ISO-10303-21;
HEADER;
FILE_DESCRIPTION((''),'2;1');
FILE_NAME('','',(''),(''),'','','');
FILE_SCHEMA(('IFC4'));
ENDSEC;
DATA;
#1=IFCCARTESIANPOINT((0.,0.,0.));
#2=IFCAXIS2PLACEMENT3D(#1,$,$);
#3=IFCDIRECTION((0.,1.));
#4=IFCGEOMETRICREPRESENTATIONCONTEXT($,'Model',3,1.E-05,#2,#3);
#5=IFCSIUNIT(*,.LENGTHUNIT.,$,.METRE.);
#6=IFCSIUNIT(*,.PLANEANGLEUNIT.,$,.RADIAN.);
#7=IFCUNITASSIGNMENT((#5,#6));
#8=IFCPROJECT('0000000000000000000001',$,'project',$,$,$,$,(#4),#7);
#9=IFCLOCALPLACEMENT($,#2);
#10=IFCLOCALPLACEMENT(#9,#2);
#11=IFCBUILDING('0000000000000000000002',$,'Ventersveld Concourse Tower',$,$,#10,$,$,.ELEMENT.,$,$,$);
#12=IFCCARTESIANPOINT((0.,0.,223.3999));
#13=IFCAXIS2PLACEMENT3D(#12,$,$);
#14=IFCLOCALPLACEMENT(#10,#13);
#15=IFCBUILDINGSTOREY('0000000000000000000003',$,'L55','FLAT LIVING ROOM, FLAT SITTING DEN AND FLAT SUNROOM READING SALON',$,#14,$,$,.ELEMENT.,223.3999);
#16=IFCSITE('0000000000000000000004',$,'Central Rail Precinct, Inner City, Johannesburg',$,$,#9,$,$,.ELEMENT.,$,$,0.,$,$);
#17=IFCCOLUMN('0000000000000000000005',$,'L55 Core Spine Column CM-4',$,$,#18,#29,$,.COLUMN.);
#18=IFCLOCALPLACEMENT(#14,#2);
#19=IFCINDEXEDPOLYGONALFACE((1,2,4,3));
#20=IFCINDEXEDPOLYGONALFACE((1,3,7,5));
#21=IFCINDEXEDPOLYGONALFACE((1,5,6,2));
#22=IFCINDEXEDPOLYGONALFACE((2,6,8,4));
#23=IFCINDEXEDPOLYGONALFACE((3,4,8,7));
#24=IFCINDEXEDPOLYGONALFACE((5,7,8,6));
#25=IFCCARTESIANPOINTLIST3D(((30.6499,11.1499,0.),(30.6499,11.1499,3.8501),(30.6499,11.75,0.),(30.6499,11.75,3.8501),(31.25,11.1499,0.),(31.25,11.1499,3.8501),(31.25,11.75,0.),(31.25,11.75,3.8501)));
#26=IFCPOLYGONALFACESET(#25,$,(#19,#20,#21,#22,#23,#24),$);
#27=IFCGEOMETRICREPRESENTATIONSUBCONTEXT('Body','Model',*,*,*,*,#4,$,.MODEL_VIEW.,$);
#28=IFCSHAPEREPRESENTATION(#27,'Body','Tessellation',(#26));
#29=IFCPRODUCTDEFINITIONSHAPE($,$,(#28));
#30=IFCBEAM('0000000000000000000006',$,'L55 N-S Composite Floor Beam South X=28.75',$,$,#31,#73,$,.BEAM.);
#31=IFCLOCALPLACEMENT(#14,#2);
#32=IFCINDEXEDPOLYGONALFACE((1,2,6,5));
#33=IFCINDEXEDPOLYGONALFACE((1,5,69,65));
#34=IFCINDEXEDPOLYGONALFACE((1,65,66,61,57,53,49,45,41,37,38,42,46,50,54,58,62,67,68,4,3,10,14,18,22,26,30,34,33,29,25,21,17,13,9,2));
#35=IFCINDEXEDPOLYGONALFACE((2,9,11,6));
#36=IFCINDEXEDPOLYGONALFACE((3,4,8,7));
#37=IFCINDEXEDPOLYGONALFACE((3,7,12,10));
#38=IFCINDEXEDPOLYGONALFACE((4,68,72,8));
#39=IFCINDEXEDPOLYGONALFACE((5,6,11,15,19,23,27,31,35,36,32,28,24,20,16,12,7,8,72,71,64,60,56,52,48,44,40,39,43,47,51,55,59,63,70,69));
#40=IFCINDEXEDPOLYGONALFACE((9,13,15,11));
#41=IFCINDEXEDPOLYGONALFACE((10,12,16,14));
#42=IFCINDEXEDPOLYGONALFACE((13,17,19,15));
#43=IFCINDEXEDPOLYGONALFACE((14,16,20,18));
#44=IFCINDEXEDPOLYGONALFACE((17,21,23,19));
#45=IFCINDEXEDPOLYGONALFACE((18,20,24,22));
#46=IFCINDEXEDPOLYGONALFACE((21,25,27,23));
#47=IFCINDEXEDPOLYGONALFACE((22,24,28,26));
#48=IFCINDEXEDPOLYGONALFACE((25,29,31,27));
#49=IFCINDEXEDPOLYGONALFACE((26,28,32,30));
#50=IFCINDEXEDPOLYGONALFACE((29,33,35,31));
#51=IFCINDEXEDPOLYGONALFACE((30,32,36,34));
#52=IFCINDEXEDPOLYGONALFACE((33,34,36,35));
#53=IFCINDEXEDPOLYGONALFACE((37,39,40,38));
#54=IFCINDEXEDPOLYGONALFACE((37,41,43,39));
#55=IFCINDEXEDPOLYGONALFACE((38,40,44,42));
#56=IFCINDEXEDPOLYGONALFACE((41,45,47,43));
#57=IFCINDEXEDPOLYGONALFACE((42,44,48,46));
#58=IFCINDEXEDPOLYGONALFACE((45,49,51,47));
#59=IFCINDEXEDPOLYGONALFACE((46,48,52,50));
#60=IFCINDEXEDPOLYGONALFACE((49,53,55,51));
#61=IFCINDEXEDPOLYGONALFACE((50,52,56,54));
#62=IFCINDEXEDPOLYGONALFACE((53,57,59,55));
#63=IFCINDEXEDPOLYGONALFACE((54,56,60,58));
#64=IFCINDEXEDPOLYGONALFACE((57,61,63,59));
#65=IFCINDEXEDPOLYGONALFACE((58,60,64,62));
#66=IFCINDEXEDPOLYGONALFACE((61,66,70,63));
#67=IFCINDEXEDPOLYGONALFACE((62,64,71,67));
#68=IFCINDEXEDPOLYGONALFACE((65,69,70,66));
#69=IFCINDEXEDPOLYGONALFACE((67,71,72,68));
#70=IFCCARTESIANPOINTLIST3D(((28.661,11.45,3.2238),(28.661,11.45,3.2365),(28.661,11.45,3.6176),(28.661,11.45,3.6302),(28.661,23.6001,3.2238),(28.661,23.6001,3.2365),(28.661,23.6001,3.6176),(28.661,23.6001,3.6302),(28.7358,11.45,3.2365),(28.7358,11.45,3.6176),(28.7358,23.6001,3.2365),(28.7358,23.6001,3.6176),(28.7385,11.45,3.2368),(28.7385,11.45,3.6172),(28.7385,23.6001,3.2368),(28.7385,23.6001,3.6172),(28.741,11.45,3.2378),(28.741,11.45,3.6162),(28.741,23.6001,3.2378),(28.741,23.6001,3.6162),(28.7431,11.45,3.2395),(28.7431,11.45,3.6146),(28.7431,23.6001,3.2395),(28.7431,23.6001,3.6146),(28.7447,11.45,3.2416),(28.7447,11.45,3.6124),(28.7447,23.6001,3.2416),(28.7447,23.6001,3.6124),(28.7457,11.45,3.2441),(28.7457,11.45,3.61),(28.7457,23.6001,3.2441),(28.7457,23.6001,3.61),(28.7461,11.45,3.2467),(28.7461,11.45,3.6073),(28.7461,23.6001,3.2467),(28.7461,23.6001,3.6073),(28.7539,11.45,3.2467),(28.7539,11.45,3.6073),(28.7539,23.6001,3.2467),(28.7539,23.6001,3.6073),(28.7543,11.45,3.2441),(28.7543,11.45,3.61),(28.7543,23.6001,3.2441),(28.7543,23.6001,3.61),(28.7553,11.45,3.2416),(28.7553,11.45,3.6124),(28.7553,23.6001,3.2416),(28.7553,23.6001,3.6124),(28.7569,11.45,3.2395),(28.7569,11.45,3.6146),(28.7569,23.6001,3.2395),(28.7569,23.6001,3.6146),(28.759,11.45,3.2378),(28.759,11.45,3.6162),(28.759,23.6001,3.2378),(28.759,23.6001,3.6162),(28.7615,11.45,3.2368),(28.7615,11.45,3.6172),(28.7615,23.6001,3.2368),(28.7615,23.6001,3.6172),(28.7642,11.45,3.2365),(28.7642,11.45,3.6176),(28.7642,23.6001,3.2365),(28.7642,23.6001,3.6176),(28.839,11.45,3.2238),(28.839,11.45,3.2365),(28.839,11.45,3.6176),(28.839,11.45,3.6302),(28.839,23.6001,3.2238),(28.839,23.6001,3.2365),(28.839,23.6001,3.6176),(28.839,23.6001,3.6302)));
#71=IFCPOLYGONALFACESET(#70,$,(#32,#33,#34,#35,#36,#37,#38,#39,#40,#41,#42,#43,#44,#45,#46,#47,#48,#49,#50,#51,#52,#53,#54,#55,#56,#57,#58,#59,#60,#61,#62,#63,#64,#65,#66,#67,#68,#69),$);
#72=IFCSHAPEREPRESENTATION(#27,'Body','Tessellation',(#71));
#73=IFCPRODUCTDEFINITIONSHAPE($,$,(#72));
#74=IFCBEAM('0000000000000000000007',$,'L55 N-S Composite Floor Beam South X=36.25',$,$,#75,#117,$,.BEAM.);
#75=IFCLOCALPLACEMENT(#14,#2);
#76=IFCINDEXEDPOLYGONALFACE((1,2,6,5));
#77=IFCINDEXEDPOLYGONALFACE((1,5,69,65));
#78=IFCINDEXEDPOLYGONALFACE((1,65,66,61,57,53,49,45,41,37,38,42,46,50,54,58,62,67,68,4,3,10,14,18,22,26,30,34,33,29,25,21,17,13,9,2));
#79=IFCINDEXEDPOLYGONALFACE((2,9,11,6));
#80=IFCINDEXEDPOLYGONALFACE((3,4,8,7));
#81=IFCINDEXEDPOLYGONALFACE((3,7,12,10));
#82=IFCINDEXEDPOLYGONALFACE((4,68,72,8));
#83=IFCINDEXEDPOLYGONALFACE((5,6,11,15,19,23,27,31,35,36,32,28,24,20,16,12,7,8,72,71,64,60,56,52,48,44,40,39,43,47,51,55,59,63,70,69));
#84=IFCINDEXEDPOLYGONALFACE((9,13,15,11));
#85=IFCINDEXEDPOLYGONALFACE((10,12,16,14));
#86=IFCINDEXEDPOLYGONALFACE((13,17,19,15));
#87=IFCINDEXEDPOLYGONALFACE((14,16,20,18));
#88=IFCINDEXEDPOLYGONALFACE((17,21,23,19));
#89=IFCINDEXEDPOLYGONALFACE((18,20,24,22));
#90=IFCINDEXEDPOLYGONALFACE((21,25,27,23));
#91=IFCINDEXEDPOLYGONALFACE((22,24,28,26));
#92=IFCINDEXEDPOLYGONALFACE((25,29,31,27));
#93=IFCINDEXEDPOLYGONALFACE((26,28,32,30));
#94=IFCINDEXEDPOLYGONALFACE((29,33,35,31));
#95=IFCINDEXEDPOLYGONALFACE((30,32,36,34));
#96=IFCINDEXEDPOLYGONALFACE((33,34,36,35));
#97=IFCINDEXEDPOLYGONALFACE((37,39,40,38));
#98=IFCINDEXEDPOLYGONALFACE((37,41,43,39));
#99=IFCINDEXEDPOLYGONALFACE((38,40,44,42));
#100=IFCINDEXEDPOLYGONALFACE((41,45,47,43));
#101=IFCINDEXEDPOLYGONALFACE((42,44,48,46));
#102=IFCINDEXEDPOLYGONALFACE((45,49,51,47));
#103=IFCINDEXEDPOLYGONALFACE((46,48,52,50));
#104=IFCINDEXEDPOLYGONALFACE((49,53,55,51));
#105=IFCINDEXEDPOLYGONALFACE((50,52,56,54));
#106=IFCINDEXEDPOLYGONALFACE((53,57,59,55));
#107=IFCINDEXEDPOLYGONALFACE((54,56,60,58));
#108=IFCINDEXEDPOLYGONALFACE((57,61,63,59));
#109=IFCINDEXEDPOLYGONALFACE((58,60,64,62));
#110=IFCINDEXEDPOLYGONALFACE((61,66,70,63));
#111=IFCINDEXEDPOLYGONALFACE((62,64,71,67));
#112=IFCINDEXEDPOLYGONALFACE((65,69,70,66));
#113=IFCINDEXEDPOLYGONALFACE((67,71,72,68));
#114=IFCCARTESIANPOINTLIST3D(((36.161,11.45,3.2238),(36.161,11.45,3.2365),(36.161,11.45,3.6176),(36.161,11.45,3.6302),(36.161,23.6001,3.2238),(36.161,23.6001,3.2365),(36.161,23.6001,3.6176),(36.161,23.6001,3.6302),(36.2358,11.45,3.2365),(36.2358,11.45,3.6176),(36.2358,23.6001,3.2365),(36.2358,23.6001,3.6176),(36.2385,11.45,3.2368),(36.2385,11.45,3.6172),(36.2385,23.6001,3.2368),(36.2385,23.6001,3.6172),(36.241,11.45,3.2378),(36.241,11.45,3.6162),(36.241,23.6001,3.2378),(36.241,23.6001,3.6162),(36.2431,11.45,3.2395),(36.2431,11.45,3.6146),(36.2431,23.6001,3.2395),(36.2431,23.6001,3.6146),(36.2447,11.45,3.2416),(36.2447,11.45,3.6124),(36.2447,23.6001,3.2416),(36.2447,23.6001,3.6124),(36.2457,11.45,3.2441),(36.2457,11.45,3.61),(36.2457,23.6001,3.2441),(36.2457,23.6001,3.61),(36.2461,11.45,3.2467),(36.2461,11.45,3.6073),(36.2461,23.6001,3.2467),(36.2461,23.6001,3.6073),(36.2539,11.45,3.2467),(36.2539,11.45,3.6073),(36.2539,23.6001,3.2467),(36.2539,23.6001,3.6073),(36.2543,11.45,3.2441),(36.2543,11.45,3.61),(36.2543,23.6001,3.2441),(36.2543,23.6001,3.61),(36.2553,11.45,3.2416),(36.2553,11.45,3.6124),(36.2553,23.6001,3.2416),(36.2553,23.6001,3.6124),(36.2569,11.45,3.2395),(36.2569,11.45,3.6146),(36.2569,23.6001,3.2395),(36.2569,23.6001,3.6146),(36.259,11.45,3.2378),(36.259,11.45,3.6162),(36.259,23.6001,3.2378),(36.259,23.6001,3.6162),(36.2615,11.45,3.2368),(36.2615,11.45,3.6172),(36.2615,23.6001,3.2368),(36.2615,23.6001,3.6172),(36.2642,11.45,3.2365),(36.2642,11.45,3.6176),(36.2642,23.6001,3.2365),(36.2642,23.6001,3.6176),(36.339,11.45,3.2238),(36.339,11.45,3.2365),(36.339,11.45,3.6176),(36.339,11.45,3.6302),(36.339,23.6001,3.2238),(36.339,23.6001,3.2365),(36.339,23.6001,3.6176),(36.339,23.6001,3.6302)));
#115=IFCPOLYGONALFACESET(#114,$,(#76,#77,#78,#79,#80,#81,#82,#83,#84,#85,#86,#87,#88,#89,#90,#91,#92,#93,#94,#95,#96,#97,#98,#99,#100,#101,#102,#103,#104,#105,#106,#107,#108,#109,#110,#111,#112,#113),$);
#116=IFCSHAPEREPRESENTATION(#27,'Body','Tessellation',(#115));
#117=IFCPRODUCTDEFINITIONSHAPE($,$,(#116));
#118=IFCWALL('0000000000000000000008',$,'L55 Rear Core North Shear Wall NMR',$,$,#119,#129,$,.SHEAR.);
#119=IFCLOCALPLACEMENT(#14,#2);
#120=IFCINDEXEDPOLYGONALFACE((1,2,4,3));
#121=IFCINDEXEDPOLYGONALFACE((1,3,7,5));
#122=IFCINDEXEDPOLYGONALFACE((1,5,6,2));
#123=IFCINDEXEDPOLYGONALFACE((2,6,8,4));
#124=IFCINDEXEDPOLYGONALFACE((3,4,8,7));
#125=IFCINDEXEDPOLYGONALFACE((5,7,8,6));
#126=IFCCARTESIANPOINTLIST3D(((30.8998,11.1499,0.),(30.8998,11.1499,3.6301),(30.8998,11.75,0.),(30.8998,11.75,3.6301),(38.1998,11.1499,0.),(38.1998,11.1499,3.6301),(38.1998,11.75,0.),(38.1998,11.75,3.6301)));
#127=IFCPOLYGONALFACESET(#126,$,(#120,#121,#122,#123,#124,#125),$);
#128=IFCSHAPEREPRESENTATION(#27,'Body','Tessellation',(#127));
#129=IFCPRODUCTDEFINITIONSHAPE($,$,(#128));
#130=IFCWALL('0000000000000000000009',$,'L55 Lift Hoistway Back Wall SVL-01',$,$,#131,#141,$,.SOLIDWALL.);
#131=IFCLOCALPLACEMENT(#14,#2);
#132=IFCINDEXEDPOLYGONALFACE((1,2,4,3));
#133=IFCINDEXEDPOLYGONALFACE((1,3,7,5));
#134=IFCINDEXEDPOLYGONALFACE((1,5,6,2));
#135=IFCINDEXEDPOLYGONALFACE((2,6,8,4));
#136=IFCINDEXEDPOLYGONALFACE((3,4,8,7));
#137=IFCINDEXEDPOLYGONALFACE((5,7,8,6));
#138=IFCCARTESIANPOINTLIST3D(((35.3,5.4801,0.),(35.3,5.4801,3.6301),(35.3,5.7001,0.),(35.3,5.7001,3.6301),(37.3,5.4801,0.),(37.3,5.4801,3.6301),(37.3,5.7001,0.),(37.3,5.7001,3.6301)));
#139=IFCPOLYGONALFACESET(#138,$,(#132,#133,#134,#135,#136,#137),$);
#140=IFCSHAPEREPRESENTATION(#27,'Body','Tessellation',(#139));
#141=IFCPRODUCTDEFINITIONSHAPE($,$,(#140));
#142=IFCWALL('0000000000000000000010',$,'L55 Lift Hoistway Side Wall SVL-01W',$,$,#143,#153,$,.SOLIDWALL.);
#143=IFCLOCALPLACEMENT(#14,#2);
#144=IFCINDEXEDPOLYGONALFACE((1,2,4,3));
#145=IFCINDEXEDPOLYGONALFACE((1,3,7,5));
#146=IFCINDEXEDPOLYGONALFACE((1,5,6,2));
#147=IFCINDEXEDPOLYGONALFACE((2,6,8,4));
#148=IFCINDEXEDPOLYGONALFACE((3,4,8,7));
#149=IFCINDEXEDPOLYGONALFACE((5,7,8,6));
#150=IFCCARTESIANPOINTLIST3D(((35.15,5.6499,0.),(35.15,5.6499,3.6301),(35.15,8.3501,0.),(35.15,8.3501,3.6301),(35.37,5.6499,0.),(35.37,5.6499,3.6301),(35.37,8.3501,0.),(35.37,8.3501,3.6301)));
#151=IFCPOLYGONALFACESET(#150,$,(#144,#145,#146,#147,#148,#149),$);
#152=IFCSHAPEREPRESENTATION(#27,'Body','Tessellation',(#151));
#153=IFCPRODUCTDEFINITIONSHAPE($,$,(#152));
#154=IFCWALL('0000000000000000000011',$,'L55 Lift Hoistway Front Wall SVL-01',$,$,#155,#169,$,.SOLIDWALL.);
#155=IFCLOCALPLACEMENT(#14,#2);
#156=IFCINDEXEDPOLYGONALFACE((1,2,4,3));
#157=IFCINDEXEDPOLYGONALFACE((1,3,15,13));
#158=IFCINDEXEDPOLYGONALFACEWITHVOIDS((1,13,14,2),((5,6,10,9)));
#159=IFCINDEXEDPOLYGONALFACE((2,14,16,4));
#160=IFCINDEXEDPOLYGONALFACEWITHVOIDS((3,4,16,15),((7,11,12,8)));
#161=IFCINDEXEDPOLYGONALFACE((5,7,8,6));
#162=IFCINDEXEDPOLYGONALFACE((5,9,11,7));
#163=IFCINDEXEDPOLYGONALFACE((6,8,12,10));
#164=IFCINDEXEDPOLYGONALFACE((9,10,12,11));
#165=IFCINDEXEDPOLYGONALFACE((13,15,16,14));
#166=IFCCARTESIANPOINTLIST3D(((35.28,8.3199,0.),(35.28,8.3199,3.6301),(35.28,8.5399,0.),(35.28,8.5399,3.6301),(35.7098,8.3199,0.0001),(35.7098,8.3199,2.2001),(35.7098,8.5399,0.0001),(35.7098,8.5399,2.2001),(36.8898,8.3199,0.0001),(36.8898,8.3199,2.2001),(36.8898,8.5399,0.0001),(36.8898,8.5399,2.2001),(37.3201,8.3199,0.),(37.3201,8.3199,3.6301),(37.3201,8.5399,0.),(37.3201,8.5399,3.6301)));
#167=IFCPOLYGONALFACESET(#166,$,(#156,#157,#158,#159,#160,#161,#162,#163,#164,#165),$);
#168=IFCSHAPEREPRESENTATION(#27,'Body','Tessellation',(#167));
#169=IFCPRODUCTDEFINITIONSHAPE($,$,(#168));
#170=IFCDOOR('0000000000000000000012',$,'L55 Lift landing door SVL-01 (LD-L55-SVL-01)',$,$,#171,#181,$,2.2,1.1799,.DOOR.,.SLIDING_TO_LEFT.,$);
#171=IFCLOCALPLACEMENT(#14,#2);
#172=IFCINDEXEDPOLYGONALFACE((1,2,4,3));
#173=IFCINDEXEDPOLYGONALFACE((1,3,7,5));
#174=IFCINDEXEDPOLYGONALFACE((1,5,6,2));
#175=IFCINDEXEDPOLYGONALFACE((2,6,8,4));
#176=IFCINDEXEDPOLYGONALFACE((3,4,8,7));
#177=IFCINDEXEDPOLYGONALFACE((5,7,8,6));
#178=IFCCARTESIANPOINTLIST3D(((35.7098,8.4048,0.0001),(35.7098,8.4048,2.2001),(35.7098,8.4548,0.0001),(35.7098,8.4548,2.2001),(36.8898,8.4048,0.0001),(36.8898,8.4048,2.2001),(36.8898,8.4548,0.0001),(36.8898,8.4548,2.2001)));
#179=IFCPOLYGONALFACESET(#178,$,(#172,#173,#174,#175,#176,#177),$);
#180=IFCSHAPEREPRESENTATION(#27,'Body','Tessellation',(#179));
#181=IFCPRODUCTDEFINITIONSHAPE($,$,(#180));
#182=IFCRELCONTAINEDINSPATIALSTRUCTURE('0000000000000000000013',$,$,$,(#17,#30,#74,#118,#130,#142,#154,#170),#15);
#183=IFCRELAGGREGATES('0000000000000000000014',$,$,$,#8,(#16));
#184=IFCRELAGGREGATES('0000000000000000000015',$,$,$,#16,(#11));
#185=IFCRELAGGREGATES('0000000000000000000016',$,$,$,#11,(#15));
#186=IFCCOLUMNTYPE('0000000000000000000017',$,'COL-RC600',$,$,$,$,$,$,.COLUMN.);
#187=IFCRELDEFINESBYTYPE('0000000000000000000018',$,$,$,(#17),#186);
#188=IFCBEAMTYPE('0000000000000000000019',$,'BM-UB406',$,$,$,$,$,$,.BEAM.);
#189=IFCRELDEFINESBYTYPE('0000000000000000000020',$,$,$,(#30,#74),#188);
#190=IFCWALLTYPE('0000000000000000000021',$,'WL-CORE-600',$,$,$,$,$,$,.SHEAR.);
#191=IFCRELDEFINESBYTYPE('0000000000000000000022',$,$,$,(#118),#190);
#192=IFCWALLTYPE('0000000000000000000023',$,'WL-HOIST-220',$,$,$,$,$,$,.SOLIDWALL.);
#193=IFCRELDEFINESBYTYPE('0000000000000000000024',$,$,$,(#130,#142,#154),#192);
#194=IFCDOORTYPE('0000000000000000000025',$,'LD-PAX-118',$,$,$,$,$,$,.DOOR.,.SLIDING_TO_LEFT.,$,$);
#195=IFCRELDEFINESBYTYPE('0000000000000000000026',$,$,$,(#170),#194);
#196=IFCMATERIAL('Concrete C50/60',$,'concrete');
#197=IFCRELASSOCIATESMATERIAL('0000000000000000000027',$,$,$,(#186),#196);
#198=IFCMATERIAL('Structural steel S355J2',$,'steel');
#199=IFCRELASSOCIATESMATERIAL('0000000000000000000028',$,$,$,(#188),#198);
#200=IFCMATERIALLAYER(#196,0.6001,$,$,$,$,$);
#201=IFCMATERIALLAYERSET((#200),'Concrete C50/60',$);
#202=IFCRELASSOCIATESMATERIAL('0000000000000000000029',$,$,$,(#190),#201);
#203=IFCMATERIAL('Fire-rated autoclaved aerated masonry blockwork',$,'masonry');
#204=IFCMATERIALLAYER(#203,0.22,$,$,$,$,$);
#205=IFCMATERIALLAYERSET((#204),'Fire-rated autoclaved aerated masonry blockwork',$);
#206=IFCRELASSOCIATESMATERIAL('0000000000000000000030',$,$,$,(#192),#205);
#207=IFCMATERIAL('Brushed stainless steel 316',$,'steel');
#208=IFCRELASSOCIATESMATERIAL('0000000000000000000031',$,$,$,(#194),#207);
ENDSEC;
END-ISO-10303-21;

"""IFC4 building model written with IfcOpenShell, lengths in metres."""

from ifc_helpers import new_model, si_unit, direction, frame, frame_2d, origin, origin_2d, place, context, subcontext, project, spatial, rectangle, i_section, extrude, material, layer, layer_set, material_profile, profile_set, type_object, element, fill, save


model = new_model("IFC4")

# Units and contexts
model_context = context("Model", 3, precision=1e-05, world=origin(), true_north=direction((0.0, 1.0)))
body_context = subcontext(model_context, "Body", "Model", "MODEL_VIEW")
ifc_project = project(units=[si_unit("LENGTHUNIT", "METRE"), si_unit("PLANEANGLEUNIT", "RADIAN")], contexts=[model_context])

# Site, building, storey
site_placement = place(None, origin())
site = spatial("IfcSite", under=ifc_project, at=site_placement, Name="Central Rail Precinct, Inner City, Johannesburg", CompositionType="ELEMENT", RefElevation=0.0)
building_placement = place(site_placement, origin())
building = spatial("IfcBuilding", under=site, at=building_placement, Name="Ventersveld Concourse Tower", CompositionType="ELEMENT")
storey_placement = place(building_placement, frame((0.0, 0.0, 223.3999)))
storey = spatial("IfcBuildingStorey", under=building, at=storey_placement, Name="L55", Description="FLAT LIVING ROOM, FLAT SITTING DEN AND FLAT SUNROOM READING SALON", CompositionType="ELEMENT", Elevation=223.3999)

# Column
ifc_material_1 = material(Name="Concrete C50/60", Category="concrete")
ifc_material_profile_1 = material_profile(ifc_material_1, rectangle(XDim=0.6001, YDim=0.6001, at=origin_2d()), Name="RC 600x600")
ifc_profile_set_1 = profile_set([ifc_material_profile_1], Name="Concrete C50/60")
column_type = type_object("IfcColumnType", Name="COL-RC600", PredefinedType="COLUMN", material=ifc_profile_set_1)
column_placement = place(storey_placement, frame((30.95, 11.45, 0.0), z_axis=(0.0, 0.0, 1.0), x_axis=(1.0, 0.0, 0.0)))
element("IfcColumn", 1, at=column_placement, inside=storey, type_object=column_type, Name="L55 Core Spine Column CM-4", PredefinedType="COLUMN", context=body_context, shape_type="SweptSolid", body=[
    extrude(rectangle(XDim=0.6001, YDim=0.6001, at=origin_2d()), origin(), (0.0, 0.0, 1.0), 3.8501),
])

# Beams
ifc_material_2 = material(Name="Structural steel S355J2", Category="steel")
ifc_material_profile_2 = material_profile(ifc_material_2, i_section(OverallWidth=0.178, OverallDepth=0.4065, WebThickness=0.0078, FlangeThickness=0.0127, FilletRadius=0.0103, at=origin_2d()), Name="UB 406x178x60")
ifc_profile_set_2 = profile_set([ifc_material_profile_2], Name="Structural steel S355J2")
beam_type = type_object("IfcBeamType", Name="BM-UB406", PredefinedType="BEAM", material=ifc_profile_set_2)
for number, where, z_axis, x_axis, name in (
    (2, (28.75, 11.45, 3.427), (0.0, 1.0, 0.0), (-1.0, 0.0, 0.0), "L55 N-S Composite Floor Beam South X=28.75"),
    (3, (36.25, 11.45, 3.427), (0.0, 1.0, 0.0), (-1.0, 0.0, 0.0), "L55 N-S Composite Floor Beam South X=36.25"),
):
    element("IfcBeam", number, at=place(storey_placement, frame(where, z_axis=z_axis, x_axis=x_axis)), inside=storey, type_object=beam_type, Name=name, PredefinedType="BEAM", context=body_context, shape_type="SweptSolid", body=[
        extrude(i_section(OverallWidth=0.178, OverallDepth=0.4065, WebThickness=0.0078, FlangeThickness=0.0127, FilletRadius=0.0103, at=origin_2d()), origin(), (0.0, 0.0, 1.0), 12.1501),
    ])

# Walls
ifc_layer_1 = layer(ifc_material_1, 0.6001)
ifc_layer_set_1 = layer_set([ifc_layer_1], Name="Concrete C50/60")
wall_type_1 = type_object("IfcWallType", Name="WL-CORE-600", PredefinedType="SHEAR", material=ifc_layer_set_1)
wall_1_placement = place(storey_placement, frame((30.8999, 11.45, 0.0), z_axis=(0.0, 0.0, 1.0), x_axis=(1.0, 0.0, 0.0)))
element("IfcWall", 4, at=wall_1_placement, inside=storey, type_object=wall_type_1, Name="L55 Rear Core North Shear Wall NMR", PredefinedType="SHEAR", context=body_context, shape_type="SweptSolid", body=[
    extrude(rectangle(XDim=7.3, YDim=0.6001, at=frame_2d((3.6499, 0.0))), origin(), (0.0, 0.0, 1.0), 3.6301),
])
ifc_material_3 = material(Name="Fire-rated autoclaved aerated masonry blockwork", Category="masonry")
ifc_layer_2 = layer(ifc_material_3, 0.22)
ifc_layer_set_2 = layer_set([ifc_layer_2], Name="Fire-rated autoclaved aerated masonry blockwork")
wall_type_2 = type_object("IfcWallType", Name="WL-HOIST-220", PredefinedType="SOLIDWALL", material=ifc_layer_set_2)
wall_2_placement = place(storey_placement, frame((35.3, 5.5901, 0.0), z_axis=(0.0, 0.0, 1.0), x_axis=(1.0, 0.0, 0.0)))
element("IfcWall", 5, at=wall_2_placement, inside=storey, type_object=wall_type_2, Name="L55 Lift Hoistway Back Wall SVL-01", PredefinedType="SOLIDWALL", context=body_context, shape_type="SweptSolid", body=[
    extrude(rectangle(XDim=2.0, YDim=0.22, at=frame_2d((1.0, 0.0))), origin(), (0.0, 0.0, 1.0), 3.6301),
])
wall_3_placement = place(storey_placement, frame((35.26, 5.6499, 0.0), z_axis=(0.0, 0.0, 1.0), x_axis=(0.0, 1.0, 0.0)))
element("IfcWall", 6, at=wall_3_placement, inside=storey, type_object=wall_type_2, Name="L55 Lift Hoistway Side Wall SVL-01W", PredefinedType="SOLIDWALL", context=body_context, shape_type="SweptSolid", body=[
    extrude(rectangle(XDim=2.7002, YDim=0.22, at=frame_2d((1.3501, 0.0))), origin(), (0.0, 0.0, 1.0), 3.6301),
])

# Wall, opening, door
wall_4_placement = place(storey_placement, frame((35.28, 8.4299, 0.0), z_axis=(0.0, 0.0, 1.0), x_axis=(1.0, 0.0, 0.0)))
wall_4 = element("IfcWall", 7, at=wall_4_placement, inside=storey, type_object=wall_type_2, Name="L55 Lift Hoistway Front Wall SVL-01", PredefinedType="SOLIDWALL", context=body_context, shape_type="SweptSolid", body=[
    extrude(rectangle(XDim=2.04, YDim=0.22, at=frame_2d((1.02, 0.0))), origin(), (0.0, 0.0, 1.0), 3.6301),
])
opening_1_placement = place(wall_4_placement, frame((0.4299, 0.0, 0.0)))
opening_1 = element("IfcOpeningElement", 8, at=opening_1_placement, cuts=wall_4, PredefinedType="OPENING", context=body_context, shape_type="SweptSolid", body=[
    extrude(rectangle(XDim=1.1799, YDim=2.2, at=frame_2d((0.5898, 1.1001))), frame((0.0, 0.1201, 0.0), z_axis=(0.0, -1.0, 0.0), x_axis=(1.0, 0.0, 0.0)), (0.0, 0.0, 1.0), 0.24),
])
ifc_material_4 = material(Name="Brushed stainless steel 316", Category="steel")
door_type_1 = type_object("IfcDoorType", Name="LD-PAX-118", OperationType="SLIDING_TO_LEFT", PredefinedType="DOOR", material=ifc_material_4)
door_1_placement = place(opening_1_placement, origin())
door_1 = element("IfcDoor", 9, at=door_1_placement, inside=storey, type_object=door_type_1, Name="L55 Lift landing door SVL-01 (LD-L55-SVL-01)", OperationType="SLIDING_TO_LEFT", OverallHeight=2.2, OverallWidth=1.1799, PredefinedType="DOOR", context=body_context, shape_type="SweptSolid", body=[
    extrude(rectangle(XDim=1.1799, YDim=2.2, at=frame_2d((0.5898, 1.1001))), frame((0.0, 0.0249, 0.0), z_axis=(0.0, -1.0, 0.0), x_axis=(1.0, 0.0, 0.0)), (0.0, 0.0, 1.0), 0.05),
])
fill(opening_1, door_1)

save(model, "model.ifc")
